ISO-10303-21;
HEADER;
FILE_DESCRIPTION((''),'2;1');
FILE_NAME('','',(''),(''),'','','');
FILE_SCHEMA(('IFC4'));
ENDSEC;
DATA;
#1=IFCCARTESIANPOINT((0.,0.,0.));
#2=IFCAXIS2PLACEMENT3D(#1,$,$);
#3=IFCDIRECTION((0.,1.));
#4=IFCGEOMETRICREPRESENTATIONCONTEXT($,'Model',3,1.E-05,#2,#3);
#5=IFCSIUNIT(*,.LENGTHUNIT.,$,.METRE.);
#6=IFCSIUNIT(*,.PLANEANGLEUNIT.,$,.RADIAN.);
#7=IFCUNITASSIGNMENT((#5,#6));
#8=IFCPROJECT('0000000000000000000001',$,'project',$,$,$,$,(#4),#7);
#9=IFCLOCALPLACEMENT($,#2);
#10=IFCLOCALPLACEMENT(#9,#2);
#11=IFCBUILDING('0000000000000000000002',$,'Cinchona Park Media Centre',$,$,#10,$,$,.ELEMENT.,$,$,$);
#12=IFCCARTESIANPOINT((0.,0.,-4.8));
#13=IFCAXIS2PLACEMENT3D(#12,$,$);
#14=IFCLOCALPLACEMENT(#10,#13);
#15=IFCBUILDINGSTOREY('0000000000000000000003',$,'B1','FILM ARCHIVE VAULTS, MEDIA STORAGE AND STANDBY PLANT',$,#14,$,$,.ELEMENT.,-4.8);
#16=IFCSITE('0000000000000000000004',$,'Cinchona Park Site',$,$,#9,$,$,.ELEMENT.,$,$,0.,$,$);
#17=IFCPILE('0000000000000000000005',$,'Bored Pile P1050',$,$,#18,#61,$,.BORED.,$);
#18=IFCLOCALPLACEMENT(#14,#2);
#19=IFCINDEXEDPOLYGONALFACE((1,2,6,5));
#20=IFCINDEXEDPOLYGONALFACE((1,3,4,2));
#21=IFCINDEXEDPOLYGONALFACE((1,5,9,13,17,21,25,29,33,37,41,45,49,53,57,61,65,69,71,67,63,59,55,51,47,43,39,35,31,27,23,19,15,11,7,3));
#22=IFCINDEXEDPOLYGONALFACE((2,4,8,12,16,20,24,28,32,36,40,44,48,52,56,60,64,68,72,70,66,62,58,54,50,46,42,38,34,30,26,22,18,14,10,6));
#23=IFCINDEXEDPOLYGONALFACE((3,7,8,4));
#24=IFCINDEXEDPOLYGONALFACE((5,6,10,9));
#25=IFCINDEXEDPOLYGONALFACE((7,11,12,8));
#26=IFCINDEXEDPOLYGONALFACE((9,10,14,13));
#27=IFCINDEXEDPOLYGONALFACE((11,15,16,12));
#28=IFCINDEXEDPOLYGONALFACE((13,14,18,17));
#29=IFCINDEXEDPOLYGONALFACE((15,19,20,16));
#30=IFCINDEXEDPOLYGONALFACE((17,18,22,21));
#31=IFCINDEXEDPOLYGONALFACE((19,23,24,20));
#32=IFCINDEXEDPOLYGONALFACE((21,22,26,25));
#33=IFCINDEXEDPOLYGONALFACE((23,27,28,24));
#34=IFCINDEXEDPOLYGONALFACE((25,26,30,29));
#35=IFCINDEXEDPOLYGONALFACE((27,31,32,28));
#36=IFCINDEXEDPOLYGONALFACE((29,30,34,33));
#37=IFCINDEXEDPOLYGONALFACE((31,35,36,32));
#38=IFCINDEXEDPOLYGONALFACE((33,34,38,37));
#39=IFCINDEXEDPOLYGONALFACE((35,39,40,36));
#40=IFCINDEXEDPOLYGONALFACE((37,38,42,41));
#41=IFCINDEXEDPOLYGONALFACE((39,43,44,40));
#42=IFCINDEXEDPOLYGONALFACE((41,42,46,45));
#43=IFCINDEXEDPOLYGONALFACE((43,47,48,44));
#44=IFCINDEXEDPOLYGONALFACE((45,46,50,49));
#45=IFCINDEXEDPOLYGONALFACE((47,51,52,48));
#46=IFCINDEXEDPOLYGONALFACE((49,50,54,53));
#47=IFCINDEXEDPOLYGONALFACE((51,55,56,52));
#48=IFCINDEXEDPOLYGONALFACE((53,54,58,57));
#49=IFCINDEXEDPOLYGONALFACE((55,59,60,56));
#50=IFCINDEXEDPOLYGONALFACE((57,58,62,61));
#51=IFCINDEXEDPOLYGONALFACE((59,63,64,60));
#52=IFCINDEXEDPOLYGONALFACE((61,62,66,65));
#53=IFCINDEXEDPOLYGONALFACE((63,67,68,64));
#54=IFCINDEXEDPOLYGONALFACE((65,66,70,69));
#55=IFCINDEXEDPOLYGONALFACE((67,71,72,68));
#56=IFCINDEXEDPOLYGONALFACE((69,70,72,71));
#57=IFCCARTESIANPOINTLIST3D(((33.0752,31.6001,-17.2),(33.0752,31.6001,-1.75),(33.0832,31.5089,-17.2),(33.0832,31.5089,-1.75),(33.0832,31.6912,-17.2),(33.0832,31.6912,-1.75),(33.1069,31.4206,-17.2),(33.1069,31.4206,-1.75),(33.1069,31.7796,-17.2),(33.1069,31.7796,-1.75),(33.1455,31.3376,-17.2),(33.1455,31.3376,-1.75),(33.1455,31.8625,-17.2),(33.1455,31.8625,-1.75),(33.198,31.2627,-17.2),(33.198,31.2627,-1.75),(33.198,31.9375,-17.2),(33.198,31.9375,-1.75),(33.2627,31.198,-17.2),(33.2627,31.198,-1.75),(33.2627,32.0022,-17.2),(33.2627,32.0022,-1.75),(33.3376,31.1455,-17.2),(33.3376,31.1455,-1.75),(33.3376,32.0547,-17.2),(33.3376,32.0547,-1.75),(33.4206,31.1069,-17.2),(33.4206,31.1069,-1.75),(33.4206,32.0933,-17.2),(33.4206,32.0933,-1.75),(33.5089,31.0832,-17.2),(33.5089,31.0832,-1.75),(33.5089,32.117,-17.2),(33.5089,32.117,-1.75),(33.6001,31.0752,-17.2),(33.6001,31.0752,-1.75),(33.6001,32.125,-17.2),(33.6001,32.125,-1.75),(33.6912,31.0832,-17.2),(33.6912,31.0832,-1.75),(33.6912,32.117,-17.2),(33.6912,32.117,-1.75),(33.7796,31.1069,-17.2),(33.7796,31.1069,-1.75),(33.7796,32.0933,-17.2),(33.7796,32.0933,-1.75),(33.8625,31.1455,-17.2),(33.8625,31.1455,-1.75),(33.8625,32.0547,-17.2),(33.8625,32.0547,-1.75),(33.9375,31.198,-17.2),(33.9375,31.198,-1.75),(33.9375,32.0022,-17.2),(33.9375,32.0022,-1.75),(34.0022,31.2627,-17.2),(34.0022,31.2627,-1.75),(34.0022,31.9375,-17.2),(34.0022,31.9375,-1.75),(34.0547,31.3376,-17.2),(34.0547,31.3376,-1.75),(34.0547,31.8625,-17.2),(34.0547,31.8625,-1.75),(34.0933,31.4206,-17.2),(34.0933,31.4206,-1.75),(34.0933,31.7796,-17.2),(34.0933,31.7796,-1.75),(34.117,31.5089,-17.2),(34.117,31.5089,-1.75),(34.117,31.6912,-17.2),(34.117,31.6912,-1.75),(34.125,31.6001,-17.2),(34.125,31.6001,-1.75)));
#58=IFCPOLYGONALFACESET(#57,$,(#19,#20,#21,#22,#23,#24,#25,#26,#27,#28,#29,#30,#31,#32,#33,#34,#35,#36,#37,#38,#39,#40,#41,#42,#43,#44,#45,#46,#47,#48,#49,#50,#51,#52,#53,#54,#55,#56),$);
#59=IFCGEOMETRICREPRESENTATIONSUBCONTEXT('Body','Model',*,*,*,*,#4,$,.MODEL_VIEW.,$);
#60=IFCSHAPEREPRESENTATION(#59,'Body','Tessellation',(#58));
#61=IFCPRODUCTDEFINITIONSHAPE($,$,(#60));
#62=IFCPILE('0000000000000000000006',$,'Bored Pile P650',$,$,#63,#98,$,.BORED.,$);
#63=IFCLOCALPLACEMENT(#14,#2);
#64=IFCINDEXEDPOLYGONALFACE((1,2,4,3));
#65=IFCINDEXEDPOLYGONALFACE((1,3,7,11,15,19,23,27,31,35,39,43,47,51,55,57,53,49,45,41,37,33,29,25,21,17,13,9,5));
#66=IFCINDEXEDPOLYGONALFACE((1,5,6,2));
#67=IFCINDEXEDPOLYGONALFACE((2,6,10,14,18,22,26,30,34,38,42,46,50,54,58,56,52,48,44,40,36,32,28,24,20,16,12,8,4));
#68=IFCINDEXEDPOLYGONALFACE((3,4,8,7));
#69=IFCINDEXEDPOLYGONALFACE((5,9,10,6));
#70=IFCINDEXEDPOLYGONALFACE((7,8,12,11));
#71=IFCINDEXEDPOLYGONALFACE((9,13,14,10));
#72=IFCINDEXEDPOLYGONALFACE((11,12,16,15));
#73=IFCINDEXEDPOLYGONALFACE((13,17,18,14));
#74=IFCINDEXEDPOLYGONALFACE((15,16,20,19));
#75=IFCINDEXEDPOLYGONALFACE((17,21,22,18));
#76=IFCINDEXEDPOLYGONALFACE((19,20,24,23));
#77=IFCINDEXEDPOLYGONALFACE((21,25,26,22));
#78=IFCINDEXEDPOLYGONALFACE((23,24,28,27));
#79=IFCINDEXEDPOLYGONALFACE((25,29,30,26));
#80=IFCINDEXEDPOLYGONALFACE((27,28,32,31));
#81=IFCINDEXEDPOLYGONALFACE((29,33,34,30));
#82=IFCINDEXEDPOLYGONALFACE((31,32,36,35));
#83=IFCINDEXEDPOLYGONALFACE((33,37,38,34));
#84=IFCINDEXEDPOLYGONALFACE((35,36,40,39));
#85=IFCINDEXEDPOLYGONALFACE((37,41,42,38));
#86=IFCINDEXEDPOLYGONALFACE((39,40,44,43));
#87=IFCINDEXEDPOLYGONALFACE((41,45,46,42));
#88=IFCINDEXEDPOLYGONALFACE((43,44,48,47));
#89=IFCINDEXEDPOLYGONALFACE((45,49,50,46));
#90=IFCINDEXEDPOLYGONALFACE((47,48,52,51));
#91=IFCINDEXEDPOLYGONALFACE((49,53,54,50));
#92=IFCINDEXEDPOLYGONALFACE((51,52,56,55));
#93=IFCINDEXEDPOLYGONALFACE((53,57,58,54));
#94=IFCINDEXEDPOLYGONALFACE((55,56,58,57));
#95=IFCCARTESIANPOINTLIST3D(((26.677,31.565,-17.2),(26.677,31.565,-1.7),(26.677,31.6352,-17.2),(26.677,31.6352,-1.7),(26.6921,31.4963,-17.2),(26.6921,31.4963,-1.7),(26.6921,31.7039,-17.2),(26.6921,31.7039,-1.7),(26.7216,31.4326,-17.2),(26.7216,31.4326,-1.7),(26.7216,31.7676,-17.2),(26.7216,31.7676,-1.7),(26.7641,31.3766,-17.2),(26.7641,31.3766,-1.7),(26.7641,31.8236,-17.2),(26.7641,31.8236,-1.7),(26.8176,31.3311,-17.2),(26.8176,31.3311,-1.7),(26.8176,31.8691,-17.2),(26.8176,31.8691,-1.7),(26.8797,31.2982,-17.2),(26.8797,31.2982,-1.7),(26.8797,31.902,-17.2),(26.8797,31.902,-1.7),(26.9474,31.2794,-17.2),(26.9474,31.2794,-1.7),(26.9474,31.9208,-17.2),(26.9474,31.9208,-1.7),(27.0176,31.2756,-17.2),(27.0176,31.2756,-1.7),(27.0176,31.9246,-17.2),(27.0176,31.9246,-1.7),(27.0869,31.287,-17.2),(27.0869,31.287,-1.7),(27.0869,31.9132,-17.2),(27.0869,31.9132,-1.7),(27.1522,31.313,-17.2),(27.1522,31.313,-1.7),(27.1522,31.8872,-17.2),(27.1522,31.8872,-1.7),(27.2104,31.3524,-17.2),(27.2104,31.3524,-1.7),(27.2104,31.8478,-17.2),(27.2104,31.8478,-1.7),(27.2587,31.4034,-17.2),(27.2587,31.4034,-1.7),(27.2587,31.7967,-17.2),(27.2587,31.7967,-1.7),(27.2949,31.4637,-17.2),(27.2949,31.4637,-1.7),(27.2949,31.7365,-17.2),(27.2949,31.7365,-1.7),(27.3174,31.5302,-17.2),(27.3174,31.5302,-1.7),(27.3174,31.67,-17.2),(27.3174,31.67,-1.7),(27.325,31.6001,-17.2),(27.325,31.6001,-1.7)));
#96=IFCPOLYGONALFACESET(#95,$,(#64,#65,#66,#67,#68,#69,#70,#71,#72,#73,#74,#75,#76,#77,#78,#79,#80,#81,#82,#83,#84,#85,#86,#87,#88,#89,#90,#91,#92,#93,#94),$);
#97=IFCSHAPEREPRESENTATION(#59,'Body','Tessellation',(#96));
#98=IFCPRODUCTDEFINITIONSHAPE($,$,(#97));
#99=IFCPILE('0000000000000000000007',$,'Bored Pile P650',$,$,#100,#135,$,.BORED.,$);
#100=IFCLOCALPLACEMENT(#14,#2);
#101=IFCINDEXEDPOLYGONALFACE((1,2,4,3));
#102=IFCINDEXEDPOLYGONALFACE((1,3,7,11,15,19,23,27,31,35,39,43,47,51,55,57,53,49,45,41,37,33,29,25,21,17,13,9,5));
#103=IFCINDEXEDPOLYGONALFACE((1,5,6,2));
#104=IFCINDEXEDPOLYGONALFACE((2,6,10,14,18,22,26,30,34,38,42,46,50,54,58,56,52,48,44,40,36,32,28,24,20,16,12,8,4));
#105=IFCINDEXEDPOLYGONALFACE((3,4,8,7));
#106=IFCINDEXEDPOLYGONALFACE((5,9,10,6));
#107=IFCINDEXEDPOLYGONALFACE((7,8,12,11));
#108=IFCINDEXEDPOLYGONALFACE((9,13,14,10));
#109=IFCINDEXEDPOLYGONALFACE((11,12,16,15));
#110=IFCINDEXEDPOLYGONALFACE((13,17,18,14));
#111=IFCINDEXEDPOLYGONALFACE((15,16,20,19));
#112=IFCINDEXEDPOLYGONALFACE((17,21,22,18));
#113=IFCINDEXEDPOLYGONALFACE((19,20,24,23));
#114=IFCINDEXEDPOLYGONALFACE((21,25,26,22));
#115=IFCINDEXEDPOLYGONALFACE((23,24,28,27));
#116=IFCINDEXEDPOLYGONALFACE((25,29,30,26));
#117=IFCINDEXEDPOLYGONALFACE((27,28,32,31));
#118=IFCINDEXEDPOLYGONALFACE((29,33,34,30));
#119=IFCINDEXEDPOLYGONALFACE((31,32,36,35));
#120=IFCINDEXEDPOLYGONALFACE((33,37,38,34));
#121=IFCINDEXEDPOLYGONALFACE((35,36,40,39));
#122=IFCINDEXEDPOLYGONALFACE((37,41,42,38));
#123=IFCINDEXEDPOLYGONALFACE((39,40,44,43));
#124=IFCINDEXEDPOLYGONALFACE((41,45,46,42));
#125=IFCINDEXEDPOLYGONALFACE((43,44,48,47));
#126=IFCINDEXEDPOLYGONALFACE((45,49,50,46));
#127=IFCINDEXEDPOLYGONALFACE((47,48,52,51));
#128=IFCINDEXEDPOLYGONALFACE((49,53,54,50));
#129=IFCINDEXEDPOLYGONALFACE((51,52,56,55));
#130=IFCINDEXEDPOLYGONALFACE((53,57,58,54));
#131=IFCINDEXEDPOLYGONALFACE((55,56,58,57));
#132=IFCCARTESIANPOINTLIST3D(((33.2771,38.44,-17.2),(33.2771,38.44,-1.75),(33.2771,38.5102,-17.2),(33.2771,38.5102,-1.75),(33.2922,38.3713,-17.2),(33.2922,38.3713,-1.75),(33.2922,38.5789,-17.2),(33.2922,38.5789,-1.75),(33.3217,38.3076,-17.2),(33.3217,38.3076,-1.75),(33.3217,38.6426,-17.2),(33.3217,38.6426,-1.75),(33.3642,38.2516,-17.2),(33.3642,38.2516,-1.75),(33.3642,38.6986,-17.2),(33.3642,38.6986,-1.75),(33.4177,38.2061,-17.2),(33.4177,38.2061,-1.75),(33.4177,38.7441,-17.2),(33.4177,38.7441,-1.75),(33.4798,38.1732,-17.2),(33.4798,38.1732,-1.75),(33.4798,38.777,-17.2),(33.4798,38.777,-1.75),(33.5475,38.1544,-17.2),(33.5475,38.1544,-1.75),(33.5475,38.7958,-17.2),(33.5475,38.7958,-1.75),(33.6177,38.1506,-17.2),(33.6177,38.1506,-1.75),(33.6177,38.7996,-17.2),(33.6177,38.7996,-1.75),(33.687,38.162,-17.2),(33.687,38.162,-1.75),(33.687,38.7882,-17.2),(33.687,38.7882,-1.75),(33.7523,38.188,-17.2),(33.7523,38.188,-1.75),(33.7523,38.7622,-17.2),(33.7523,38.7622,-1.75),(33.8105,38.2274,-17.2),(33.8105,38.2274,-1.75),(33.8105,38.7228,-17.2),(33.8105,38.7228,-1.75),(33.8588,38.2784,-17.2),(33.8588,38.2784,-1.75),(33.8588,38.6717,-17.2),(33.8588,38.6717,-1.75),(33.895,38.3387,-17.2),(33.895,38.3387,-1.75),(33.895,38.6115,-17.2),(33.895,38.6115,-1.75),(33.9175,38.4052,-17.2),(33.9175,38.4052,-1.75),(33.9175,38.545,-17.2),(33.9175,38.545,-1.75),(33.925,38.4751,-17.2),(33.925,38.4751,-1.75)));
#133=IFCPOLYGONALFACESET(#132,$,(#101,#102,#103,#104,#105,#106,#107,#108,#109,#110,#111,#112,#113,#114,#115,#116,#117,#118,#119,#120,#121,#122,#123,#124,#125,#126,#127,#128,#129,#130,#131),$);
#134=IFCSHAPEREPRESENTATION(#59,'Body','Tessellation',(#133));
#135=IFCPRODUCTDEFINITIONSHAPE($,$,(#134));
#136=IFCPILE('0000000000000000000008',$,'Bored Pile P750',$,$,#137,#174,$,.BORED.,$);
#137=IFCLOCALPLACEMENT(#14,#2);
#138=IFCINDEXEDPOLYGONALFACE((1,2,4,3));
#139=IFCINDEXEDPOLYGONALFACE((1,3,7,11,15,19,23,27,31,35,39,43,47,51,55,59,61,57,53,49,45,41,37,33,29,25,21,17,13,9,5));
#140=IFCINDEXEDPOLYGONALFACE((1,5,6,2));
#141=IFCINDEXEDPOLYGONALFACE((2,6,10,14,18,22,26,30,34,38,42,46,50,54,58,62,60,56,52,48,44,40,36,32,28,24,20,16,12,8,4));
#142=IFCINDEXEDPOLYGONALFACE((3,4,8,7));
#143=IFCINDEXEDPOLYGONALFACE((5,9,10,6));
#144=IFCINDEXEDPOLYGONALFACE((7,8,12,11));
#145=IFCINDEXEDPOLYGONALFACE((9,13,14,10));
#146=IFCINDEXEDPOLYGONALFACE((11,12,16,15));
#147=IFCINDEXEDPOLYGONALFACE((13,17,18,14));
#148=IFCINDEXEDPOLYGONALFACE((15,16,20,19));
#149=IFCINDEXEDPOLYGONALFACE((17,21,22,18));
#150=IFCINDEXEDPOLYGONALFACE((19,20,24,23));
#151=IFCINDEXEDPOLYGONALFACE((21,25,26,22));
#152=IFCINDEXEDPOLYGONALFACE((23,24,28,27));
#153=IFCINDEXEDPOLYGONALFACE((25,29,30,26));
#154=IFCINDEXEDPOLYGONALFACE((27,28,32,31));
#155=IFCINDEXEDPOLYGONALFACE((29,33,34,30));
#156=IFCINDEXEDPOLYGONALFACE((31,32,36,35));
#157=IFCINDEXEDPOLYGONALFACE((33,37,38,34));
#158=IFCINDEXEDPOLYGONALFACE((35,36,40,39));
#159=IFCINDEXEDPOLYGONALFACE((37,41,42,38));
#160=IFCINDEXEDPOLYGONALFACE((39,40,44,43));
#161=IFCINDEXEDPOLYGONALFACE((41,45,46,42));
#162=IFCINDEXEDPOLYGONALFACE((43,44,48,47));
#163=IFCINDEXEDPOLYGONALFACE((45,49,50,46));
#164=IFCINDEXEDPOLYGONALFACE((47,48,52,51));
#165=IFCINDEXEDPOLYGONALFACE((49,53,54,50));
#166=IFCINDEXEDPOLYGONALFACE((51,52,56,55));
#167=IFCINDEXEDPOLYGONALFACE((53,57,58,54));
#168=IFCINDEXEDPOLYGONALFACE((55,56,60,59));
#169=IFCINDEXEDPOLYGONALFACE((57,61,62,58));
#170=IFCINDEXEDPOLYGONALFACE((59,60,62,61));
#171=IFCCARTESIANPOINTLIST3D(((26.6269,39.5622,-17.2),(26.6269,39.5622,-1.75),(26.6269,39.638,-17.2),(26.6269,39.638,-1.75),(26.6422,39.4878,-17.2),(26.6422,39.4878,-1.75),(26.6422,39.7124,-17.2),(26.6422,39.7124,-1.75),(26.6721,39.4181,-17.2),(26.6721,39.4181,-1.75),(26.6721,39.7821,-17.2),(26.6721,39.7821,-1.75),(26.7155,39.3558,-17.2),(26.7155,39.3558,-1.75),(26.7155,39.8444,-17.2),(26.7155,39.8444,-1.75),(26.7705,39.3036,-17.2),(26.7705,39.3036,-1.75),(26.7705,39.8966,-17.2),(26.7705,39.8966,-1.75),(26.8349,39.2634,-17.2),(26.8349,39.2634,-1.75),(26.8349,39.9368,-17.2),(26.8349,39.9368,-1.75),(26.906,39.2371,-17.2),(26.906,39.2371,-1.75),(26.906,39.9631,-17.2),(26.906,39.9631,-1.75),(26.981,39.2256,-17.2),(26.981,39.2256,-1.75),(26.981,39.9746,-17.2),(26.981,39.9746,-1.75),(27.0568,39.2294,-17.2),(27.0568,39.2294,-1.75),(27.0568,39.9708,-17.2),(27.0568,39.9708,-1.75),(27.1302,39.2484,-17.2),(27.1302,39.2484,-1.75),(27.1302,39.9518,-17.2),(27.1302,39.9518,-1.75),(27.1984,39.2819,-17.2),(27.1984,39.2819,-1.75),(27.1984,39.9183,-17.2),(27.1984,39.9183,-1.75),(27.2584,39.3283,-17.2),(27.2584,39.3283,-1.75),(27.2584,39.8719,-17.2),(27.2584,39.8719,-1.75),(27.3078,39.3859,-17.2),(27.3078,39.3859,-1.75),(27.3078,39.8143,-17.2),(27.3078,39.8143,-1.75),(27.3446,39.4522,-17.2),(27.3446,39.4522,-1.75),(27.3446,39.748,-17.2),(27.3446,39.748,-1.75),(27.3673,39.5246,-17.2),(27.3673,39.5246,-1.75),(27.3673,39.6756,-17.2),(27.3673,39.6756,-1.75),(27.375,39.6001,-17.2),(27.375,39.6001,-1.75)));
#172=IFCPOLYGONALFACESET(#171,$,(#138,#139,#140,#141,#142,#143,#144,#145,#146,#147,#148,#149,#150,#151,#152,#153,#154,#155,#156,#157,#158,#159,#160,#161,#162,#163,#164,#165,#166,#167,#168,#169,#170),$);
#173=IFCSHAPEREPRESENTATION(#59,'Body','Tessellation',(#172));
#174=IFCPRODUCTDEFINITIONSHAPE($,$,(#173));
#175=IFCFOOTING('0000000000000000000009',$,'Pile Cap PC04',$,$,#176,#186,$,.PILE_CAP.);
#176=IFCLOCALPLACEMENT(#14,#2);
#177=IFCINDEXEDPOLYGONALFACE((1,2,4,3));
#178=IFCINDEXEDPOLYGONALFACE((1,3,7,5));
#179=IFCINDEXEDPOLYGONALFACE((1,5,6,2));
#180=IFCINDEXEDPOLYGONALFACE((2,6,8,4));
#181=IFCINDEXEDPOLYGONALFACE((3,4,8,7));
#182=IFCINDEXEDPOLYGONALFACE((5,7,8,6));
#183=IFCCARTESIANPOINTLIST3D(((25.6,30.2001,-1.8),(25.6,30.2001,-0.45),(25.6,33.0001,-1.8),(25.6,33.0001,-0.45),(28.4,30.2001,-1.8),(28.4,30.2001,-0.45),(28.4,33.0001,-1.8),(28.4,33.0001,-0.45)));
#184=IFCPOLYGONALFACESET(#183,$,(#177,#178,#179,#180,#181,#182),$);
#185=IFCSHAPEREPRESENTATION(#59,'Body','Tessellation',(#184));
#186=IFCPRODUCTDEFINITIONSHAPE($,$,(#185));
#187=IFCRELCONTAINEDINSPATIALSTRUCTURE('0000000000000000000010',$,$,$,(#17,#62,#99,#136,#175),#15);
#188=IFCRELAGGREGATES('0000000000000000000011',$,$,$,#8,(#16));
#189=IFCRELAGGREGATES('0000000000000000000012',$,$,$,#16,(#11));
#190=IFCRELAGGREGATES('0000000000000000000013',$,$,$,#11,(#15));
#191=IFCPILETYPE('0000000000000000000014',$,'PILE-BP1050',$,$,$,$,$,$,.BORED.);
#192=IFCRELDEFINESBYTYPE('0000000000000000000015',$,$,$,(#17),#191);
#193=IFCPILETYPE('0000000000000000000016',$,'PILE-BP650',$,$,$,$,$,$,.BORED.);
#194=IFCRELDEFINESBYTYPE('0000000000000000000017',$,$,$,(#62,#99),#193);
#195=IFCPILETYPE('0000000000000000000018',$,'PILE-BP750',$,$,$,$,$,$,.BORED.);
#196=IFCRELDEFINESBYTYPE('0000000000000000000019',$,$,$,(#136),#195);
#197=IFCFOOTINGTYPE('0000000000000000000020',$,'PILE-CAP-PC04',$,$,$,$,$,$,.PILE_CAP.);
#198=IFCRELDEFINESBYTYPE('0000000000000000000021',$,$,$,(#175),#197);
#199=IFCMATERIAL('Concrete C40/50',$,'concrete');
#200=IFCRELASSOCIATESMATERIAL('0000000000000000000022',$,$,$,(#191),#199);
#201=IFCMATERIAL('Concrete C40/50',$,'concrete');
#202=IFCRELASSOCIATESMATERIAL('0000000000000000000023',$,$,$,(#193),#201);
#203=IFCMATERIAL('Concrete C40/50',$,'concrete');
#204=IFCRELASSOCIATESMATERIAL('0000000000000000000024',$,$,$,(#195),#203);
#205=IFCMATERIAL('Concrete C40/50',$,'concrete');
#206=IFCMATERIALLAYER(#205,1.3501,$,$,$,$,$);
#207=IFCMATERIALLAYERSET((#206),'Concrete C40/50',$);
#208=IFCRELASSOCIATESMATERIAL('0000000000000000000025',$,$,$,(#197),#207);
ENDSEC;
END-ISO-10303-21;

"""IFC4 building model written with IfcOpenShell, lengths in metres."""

from ifc_helpers import new_model, si_unit, direction, frame, origin, origin_2d, place, context, subcontext, project, spatial, rectangle, circle, extrude, material, layer, layer_set, material_profile, profile_set, type_object, element, save


model = new_model("IFC4")

# Units and contexts
model_context = context("Model", 3, precision=1e-05, world=origin(), true_north=direction((0.0, 1.0)))
body_context = subcontext(model_context, "Body", "Model", "MODEL_VIEW")
ifc_project = project(units=[si_unit("LENGTHUNIT", "METRE"), si_unit("PLANEANGLEUNIT", "RADIAN")], contexts=[model_context])

# Site, building, storey
site_placement = place(None, origin())
site = spatial("IfcSite", under=ifc_project, at=site_placement, Name="Cinchona Park Site", CompositionType="ELEMENT", RefElevation=0.0)
building_placement = place(site_placement, origin())
building = spatial("IfcBuilding", under=site, at=building_placement, Name="Cinchona Park Media Centre", CompositionType="ELEMENT")
storey_placement = place(building_placement, frame((0.0, 0.0, -4.8)))
storey = spatial("IfcBuildingStorey", under=building, at=storey_placement, Name="B1", Description="FILM ARCHIVE VAULTS, MEDIA STORAGE AND STANDBY PLANT", CompositionType="ELEMENT", Elevation=-4.8)

# Piles
ifc_material_1 = material(Name="Concrete C40/50", Category="concrete")
ifc_material_profile_1 = material_profile(ifc_material_1, circle(Radius=0.5249, at=origin_2d()), Name="BORED PILE 1050")
ifc_profile_set_1 = profile_set([ifc_material_profile_1], Name="Concrete C40/50")
pile_type_1 = type_object("IfcPileType", Name="PILE-BP1050", PredefinedType="BORED", material=ifc_profile_set_1)
pile_1_placement = place(storey_placement, frame((33.6001, 31.6001, -1.75), z_axis=(0.0, 0.0, -1.0), x_axis=(1.0, 0.0, 0.0)))
element("IfcPile", 1, at=pile_1_placement, inside=storey, type_object=pile_type_1, Name="Bored Pile P1050", PredefinedType="BORED", context=body_context, shape_type="SweptSolid", body=[
    extrude(circle(Radius=0.5249, at=origin_2d()), origin(), (0.0, 0.0, 1.0), 15.45),
])
ifc_material_2 = material(Name="Concrete C40/50", Category="concrete")
ifc_material_profile_2 = material_profile(ifc_material_2, circle(Radius=0.325, at=origin_2d()), Name="BORED PILE 650")
ifc_profile_set_2 = profile_set([ifc_material_profile_2], Name="Concrete C40/50")
pile_type_2 = type_object("IfcPileType", Name="PILE-BP650", PredefinedType="BORED", material=ifc_profile_set_2)
pile_2_placement = place(storey_placement, frame((27.0, 31.6001, -1.7), z_axis=(0.0, 0.0, -1.0), x_axis=(1.0, 0.0, 0.0)))
element("IfcPile", 2, at=pile_2_placement, inside=storey, type_object=pile_type_2, Name="Bored Pile P650", PredefinedType="BORED", context=body_context, shape_type="SweptSolid", body=[
    extrude(circle(Radius=0.325, at=origin_2d()), origin(), (0.0, 0.0, 1.0), 15.5),
])
pile_3_placement = place(storey_placement, frame((33.6001, 38.4751, -1.75), z_axis=(0.0, 0.0, -1.0), x_axis=(1.0, 0.0, 0.0)))
element("IfcPile", 3, at=pile_3_placement, inside=storey, type_object=pile_type_2, Name="Bored Pile P650", PredefinedType="BORED", context=body_context, shape_type="SweptSolid", body=[
    extrude(circle(Radius=0.325, at=origin_2d()), origin(), (0.0, 0.0, 1.0), 15.45),
])
ifc_material_3 = material(Name="Concrete C40/50", Category="concrete")
ifc_material_profile_3 = material_profile(ifc_material_3, circle(Radius=0.375, at=origin_2d()), Name="BORED PILE 750")
ifc_profile_set_3 = profile_set([ifc_material_profile_3], Name="Concrete C40/50")
pile_type_3 = type_object("IfcPileType", Name="PILE-BP750", PredefinedType="BORED", material=ifc_profile_set_3)
pile_4_placement = place(storey_placement, frame((27.0, 39.6001, -1.75), z_axis=(0.0, 0.0, -1.0), x_axis=(1.0, 0.0, 0.0)))
element("IfcPile", 4, at=pile_4_placement, inside=storey, type_object=pile_type_3, Name="Bored Pile P750", PredefinedType="BORED", context=body_context, shape_type="SweptSolid", body=[
    extrude(circle(Radius=0.375, at=origin_2d()), origin(), (0.0, 0.0, 1.0), 15.45),
])

# Footing
ifc_material_4 = material(Name="Concrete C40/50", Category="concrete")
ifc_layer_1 = layer(ifc_material_4, 1.3501)
ifc_layer_set_1 = layer_set([ifc_layer_1], Name="Concrete C40/50")
footing_type_1 = type_object("IfcFootingType", Name="PILE-CAP-PC04", PredefinedType="PILE_CAP", material=ifc_layer_set_1)
footing_1_placement = place(storey_placement, frame((27.0, 31.6001, -1.8), z_axis=(0.0, 0.0, 1.0), x_axis=(1.0, 0.0, 0.0)))
element("IfcFooting", 5, at=footing_1_placement, inside=storey, type_object=footing_type_1, Name="Pile Cap PC04", PredefinedType="PILE_CAP", context=body_context, shape_type="SweptSolid", body=[
    extrude(rectangle(XDim=2.8, YDim=2.8, at=origin_2d()), origin(), (0.0, 0.0, 1.0), 1.3501),
])

save(model, "model.ifc")
